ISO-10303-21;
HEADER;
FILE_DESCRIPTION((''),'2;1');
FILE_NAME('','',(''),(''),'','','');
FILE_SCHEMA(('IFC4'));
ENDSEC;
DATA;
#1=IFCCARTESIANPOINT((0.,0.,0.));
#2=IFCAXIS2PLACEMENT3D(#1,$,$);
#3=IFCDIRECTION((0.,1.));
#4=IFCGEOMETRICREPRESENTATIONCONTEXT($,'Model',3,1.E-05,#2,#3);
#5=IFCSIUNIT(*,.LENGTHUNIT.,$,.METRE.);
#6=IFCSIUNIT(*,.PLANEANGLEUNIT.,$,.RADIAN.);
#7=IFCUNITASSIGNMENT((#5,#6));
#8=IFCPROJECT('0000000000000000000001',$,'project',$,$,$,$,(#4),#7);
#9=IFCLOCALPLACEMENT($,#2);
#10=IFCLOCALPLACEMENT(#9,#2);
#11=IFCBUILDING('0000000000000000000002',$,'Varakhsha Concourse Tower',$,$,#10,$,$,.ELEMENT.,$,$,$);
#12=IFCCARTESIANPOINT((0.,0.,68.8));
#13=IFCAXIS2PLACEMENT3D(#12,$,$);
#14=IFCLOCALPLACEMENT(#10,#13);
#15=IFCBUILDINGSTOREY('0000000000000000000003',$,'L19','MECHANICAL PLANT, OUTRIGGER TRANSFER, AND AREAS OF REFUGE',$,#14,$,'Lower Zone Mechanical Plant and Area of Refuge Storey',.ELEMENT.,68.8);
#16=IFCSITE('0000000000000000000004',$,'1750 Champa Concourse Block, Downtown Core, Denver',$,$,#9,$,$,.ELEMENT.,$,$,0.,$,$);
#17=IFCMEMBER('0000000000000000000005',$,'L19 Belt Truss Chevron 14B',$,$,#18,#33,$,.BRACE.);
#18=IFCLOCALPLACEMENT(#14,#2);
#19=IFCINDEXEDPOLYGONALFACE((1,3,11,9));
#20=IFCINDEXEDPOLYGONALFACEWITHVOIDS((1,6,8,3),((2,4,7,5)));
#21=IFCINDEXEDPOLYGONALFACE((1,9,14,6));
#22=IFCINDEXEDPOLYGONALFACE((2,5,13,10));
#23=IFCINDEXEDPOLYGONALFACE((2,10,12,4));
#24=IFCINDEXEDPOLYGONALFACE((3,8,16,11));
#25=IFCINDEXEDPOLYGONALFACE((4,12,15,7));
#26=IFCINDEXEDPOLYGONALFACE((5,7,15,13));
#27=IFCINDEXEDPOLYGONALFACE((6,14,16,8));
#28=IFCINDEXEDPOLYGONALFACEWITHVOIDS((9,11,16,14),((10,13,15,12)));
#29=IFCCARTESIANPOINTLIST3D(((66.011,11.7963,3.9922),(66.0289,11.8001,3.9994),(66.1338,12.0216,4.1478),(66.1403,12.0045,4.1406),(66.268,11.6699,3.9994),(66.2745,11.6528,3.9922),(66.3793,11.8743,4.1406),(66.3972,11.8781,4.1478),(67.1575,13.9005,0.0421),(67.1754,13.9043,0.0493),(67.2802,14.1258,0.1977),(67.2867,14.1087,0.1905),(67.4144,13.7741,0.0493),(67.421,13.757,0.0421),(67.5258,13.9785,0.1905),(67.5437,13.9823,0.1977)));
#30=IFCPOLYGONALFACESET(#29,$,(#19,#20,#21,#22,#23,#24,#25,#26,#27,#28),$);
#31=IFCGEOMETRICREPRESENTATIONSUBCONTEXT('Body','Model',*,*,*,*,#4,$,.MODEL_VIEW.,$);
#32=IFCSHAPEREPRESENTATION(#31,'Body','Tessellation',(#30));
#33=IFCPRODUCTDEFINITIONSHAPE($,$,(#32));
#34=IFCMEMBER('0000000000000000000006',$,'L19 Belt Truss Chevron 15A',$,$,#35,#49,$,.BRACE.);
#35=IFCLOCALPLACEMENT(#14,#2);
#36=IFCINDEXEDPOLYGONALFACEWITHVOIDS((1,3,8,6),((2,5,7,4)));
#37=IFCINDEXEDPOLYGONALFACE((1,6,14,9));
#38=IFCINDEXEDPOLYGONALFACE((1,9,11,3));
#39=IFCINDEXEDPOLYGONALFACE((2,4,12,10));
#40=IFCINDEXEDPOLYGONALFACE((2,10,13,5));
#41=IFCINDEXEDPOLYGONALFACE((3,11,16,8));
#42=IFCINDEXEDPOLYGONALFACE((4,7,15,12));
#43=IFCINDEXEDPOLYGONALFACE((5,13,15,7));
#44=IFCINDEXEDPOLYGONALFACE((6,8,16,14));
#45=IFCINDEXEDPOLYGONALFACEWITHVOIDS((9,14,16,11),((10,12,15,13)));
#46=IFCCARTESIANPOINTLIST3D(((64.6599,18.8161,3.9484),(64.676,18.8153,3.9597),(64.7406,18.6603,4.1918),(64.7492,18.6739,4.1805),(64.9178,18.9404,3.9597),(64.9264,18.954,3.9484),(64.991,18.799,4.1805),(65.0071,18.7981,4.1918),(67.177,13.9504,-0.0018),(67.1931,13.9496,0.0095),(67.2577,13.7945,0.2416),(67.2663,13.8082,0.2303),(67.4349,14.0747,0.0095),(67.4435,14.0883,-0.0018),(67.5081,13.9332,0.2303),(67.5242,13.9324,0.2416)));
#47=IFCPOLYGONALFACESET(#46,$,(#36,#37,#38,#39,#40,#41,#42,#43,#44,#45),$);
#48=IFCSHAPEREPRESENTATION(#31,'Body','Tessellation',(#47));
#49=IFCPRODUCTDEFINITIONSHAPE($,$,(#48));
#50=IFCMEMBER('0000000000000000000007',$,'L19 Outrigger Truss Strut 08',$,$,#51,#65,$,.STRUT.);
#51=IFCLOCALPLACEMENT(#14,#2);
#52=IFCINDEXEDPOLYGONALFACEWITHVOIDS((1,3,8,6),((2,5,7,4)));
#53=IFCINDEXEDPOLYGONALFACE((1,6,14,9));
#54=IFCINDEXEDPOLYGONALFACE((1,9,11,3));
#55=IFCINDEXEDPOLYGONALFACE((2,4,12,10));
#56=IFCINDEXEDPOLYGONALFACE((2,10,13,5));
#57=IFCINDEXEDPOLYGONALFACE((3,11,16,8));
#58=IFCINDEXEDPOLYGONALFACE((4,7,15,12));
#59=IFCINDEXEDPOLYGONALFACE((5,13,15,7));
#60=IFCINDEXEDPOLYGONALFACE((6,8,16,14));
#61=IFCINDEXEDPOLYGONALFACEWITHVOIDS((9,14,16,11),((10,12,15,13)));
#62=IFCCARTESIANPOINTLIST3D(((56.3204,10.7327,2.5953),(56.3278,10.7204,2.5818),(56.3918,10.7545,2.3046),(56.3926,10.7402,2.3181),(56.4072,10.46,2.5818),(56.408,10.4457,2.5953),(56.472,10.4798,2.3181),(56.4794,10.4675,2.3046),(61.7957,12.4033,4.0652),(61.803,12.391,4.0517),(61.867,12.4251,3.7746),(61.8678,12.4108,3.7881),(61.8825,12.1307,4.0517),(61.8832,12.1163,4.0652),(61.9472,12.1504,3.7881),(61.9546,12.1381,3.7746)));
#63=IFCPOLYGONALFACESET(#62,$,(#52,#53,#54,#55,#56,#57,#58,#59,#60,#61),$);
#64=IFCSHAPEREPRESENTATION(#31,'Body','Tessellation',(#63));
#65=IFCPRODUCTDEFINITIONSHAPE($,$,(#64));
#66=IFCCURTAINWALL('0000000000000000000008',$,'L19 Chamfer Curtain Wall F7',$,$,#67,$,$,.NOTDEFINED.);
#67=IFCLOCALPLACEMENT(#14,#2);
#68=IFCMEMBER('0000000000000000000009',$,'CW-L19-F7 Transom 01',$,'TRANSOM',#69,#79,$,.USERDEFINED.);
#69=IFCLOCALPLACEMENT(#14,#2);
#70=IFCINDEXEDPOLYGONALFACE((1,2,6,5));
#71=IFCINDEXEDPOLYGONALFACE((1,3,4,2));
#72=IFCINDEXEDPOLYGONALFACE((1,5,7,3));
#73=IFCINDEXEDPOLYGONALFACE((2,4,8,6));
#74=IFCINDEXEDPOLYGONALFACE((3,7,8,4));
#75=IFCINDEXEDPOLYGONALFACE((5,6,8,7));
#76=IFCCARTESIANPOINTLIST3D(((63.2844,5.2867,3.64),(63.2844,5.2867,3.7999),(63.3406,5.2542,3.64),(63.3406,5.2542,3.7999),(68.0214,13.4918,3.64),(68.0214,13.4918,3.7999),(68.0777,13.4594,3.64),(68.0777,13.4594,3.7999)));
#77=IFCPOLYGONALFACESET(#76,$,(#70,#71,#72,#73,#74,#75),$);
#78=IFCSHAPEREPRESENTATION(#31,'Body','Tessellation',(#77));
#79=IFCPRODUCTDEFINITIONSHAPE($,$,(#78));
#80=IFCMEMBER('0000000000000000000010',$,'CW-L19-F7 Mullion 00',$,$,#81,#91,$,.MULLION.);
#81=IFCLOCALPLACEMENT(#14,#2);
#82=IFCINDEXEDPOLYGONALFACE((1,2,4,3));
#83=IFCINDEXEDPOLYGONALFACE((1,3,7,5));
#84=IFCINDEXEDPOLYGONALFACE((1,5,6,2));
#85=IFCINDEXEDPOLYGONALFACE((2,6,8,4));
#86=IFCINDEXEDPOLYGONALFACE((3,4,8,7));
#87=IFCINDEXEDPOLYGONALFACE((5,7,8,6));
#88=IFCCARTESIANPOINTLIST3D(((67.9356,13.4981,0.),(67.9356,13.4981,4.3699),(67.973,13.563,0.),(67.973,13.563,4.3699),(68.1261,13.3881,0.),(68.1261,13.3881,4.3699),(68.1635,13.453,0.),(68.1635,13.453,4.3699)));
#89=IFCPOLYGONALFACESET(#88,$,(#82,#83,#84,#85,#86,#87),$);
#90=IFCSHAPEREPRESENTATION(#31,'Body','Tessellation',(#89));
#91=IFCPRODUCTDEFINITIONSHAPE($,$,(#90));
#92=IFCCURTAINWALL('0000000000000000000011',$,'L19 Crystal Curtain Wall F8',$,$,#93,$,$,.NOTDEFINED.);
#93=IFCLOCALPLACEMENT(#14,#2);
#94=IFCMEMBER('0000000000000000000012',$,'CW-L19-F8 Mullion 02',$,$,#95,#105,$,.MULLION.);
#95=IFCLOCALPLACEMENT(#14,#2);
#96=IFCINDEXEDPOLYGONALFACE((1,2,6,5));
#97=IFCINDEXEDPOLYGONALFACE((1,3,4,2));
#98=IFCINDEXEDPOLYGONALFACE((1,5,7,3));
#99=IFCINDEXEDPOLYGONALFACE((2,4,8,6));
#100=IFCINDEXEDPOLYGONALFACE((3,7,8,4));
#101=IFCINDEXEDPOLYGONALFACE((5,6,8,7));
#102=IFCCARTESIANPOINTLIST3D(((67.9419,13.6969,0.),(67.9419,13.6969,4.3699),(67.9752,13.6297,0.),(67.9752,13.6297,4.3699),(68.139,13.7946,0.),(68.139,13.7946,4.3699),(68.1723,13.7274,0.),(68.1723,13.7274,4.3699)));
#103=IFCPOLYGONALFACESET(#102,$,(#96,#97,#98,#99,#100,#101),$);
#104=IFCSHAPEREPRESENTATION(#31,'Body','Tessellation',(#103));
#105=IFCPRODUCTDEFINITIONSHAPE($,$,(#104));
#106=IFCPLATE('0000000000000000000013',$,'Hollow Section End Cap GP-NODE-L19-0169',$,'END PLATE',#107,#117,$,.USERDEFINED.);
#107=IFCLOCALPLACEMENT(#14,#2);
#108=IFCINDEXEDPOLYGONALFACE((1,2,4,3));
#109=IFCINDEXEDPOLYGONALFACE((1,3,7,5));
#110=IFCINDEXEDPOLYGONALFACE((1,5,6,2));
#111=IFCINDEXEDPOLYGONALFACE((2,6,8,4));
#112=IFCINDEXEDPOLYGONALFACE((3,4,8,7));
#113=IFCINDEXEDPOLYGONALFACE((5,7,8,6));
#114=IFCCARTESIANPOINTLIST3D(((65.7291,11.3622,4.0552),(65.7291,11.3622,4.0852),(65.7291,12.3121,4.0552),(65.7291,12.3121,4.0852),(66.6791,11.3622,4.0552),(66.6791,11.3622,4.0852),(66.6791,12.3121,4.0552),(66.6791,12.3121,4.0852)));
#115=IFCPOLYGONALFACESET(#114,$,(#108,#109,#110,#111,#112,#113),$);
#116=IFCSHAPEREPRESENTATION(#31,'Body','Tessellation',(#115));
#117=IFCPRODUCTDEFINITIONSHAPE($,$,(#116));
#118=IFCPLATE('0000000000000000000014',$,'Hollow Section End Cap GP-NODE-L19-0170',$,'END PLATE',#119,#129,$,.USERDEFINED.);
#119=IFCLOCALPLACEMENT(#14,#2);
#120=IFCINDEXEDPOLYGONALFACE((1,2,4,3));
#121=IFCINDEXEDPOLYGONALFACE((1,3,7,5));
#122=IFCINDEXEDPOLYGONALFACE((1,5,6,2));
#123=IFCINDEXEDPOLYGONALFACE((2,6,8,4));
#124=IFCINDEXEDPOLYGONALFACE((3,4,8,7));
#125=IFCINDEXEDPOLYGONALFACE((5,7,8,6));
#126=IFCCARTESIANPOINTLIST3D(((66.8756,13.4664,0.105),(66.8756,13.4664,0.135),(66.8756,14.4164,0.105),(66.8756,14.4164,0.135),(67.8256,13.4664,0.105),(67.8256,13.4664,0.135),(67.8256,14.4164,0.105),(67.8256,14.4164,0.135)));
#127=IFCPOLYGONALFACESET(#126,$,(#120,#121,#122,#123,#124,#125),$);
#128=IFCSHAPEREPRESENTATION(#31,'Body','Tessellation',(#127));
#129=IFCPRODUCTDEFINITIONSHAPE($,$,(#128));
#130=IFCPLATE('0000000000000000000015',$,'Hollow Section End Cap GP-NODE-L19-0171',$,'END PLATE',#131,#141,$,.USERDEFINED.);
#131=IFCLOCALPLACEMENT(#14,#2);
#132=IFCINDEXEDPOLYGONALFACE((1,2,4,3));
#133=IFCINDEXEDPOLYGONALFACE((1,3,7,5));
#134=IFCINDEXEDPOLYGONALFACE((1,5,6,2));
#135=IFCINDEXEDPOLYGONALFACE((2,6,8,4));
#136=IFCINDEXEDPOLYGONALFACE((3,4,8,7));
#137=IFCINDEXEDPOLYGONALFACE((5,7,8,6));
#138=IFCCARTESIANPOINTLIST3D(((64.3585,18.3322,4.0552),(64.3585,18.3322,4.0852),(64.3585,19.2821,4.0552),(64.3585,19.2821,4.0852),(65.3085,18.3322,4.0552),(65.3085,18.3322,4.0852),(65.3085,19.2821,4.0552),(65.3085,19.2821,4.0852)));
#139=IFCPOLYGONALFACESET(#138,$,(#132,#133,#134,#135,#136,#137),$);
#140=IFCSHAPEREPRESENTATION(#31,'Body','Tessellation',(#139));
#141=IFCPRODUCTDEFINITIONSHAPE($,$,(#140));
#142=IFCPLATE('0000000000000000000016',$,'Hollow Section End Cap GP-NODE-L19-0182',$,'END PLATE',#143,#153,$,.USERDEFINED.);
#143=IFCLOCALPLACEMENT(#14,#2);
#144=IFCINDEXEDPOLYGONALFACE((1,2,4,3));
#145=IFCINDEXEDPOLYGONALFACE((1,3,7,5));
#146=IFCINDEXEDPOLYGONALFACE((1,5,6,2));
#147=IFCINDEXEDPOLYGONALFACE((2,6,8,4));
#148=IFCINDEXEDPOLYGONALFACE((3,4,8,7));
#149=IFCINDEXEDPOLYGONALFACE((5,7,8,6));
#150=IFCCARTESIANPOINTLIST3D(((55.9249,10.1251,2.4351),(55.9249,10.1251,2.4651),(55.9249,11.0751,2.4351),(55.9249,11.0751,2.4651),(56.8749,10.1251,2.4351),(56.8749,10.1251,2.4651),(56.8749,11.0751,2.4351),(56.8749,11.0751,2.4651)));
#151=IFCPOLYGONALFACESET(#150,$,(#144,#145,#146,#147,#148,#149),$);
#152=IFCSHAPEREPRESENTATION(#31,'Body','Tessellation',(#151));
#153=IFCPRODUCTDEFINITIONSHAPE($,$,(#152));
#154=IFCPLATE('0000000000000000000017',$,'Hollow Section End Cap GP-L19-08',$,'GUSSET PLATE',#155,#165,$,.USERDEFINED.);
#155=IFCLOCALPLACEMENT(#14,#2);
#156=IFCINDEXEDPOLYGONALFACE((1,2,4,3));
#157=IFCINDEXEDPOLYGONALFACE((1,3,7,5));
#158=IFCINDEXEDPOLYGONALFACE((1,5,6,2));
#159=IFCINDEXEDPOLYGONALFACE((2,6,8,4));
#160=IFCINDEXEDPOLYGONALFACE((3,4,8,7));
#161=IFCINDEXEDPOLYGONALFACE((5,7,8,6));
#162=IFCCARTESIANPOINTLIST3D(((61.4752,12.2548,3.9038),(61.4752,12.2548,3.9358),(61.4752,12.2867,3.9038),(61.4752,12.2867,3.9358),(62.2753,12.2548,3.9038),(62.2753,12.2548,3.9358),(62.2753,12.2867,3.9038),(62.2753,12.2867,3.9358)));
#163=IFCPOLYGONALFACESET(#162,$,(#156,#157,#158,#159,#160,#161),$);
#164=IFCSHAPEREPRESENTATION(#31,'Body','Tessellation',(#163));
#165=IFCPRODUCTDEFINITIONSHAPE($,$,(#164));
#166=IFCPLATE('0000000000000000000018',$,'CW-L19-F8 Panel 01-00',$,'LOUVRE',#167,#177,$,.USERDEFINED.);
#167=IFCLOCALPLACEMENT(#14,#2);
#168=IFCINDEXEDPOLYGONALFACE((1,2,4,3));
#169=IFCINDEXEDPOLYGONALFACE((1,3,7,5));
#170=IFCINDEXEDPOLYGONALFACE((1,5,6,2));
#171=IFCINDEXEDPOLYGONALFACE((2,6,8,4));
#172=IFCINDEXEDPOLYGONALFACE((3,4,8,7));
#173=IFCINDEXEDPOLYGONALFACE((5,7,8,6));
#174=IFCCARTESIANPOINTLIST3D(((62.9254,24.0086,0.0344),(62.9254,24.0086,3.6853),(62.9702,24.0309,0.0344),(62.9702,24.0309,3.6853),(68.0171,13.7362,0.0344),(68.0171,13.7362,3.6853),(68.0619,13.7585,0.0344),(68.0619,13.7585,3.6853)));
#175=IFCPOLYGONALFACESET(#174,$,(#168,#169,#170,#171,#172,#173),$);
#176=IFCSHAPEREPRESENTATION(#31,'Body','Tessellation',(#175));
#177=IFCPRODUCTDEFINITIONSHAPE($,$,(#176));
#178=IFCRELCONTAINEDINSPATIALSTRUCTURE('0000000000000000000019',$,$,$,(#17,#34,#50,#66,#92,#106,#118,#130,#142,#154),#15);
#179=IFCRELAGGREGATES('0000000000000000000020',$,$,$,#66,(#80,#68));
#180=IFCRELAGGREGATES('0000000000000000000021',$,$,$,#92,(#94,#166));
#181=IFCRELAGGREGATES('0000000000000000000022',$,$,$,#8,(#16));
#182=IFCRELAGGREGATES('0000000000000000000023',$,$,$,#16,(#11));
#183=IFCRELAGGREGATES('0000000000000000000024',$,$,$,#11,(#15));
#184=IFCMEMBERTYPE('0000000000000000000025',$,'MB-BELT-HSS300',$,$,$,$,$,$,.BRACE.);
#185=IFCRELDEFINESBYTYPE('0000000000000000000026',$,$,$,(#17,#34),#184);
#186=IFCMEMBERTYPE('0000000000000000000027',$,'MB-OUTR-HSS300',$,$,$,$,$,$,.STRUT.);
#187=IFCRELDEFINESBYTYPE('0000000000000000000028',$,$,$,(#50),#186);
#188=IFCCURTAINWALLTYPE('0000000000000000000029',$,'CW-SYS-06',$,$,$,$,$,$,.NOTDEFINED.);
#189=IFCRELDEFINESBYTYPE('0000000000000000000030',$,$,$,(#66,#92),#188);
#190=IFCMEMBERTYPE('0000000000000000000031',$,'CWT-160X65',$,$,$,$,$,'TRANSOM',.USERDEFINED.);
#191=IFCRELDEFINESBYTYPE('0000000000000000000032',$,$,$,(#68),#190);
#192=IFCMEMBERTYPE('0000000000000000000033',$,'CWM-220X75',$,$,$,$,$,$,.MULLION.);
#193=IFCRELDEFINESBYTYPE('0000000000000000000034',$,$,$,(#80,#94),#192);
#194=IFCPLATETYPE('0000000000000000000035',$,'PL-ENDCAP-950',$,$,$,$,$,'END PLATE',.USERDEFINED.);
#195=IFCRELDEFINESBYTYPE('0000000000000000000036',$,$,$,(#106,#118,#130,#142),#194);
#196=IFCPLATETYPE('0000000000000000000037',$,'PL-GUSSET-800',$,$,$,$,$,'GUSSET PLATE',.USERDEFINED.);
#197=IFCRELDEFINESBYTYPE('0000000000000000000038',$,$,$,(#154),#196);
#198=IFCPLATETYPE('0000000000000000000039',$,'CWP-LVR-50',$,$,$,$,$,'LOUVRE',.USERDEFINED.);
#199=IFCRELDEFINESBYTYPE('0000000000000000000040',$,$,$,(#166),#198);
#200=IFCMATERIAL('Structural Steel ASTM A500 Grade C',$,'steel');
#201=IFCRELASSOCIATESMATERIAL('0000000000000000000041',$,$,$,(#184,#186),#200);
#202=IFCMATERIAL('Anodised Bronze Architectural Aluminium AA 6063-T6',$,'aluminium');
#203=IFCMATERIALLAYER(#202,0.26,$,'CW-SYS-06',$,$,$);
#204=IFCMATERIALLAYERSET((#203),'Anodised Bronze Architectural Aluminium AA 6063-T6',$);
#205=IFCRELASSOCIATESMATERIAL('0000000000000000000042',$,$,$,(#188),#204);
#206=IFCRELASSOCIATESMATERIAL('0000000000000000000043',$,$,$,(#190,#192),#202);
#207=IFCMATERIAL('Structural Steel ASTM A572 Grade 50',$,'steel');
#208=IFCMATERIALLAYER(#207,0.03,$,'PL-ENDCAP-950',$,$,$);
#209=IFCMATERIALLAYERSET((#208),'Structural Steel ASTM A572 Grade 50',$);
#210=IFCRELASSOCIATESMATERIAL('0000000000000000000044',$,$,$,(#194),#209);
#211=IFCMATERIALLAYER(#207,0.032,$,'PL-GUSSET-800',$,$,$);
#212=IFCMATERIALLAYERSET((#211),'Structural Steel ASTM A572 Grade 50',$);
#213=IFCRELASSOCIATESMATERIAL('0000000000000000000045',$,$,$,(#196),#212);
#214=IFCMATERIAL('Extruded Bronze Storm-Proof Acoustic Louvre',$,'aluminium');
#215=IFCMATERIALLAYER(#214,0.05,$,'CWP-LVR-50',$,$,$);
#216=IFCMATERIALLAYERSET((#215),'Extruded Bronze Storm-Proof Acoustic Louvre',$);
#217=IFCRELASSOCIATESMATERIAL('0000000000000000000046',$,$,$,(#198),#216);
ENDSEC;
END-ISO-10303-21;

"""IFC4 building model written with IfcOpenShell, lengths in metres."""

from ifc_helpers import new_model, si_unit, direction, frame, origin, origin_2d, place, context, subcontext, project, spatial, rectangle, hollow_rectangle, extrude, source, transform, mapped, material, layer, layer_set, material_profile, profile_set, type_object, type_shapes, element, aggregate, save


model = new_model("IFC4")

# Units and contexts
model_context = context("Model", 3, precision=1e-05, world=origin(), true_north=direction((0.0, 1.0)))
body_context = subcontext(model_context, "Body", "Model", "MODEL_VIEW")
ifc_project = project(units=[si_unit("LENGTHUNIT", "METRE"), si_unit("PLANEANGLEUNIT", "RADIAN")], contexts=[model_context])

# Site, building, storey
site_placement = place(None, origin())
site = spatial("IfcSite", under=ifc_project, at=site_placement, Name="1750 Champa Concourse Block, Downtown Core, Denver", CompositionType="ELEMENT", RefElevation=0.0)
building_placement = place(site_placement, origin())
building = spatial("IfcBuilding", under=site, at=building_placement, Name="Varakhsha Concourse Tower", CompositionType="ELEMENT")
storey_placement = place(building_placement, frame((0.0, 0.0, 68.8)))
storey = spatial("IfcBuildingStorey", under=building, at=storey_placement, Name="L19", Description="MECHANICAL PLANT, OUTRIGGER TRANSFER, AND AREAS OF REFUGE", LongName="Lower Zone Mechanical Plant and Area of Refuge Storey", CompositionType="ELEMENT", Elevation=68.8)

# Shared definitions
ifc_material_1 = material(Name="Structural Steel ASTM A572 Grade 50", Category="steel")

# Members
ifc_material_2 = material(Name="Structural Steel ASTM A500 Grade C", Category="steel")
ifc_material_profile_1 = material_profile(ifc_material_2, hollow_rectangle(XDim=0.3, YDim=0.3, WallThickness=0.0139, at=origin_2d()), Name="HSS 300x300x14")
ifc_profile_set_1 = profile_set([ifc_material_profile_1], Name="Structural Steel ASTM A500 Grade C")
member_type_1 = type_object("IfcMemberType", Name="MB-BELT-HSS300", PredefinedType="BRACE", material=ifc_profile_set_1)
shared_shape_1 = source(origin(), body_context, "Body", "SweptSolid", [
    extrude(hollow_rectangle(XDim=0.3, YDim=0.3, WallThickness=0.0139, at=origin_2d()), origin(), (0.0, 0.0, 1.0), 4.6201),
])
member_1_placement = place(storey_placement, frame((67.3506, 13.9414, 0.1199), z_axis=(-0.248146, -0.455444, 0.854982), x_axis=(0.878121, -0.478438, 0.0)))
element("IfcMember", 1, at=member_1_placement, inside=storey, type_object=member_type_1, Name="L19 Belt Truss Chevron 14B", PredefinedType="BRACE", context=body_context, shape_type="MappedRepresentation", body=[
    mapped(shared_shape_1, transform((0.0, 0.0, 0.0), scale=1.0)),
])
shared_shape_2 = source(origin(), body_context, "Body", "SweptSolid", [
    extrude(hollow_rectangle(XDim=0.3, YDim=0.3, WallThickness=0.0139, at=origin_2d()), origin(), (0.0, 0.0, 1.0), 6.7539),
])
type_shapes(member_type_1, [shared_shape_1, shared_shape_2])
member_2_placement = place(storey_placement, frame((67.3506, 13.9414, 0.1199), z_axis=(-0.372687, 0.720433, 0.584877), x_axis=(-0.888193, -0.459471, 0.0)))
element("IfcMember", 2, at=member_2_placement, inside=storey, type_object=member_type_1, Name="L19 Belt Truss Chevron 15A", PredefinedType="BRACE", context=body_context, shape_type="MappedRepresentation", body=[
    mapped(shared_shape_2, transform((0.0, 0.0, 0.0), scale=1.0)),
])
ifc_material_profile_2 = material_profile(ifc_material_2, hollow_rectangle(XDim=0.3, YDim=0.3, WallThickness=0.0139, at=origin_2d()), Name="HSS 300x300x14")
ifc_profile_set_2 = profile_set([ifc_material_profile_2], Name="Structural Steel ASTM A500 Grade C")
member_type_2 = type_object("IfcMemberType", Name="MB-OUTR-HSS300", PredefinedType="STRUT", material=ifc_profile_set_2)
shared_shape_3 = source(origin(), body_context, "Body", "SweptSolid", [
    extrude(hollow_rectangle(XDim=0.3, YDim=0.3, WallThickness=0.0139, at=origin_2d()), origin(), (0.0, 0.0, 1.0), 5.9102),
])
type_shapes(member_type_2, [shared_shape_3])
member_3_placement = place(storey_placement, frame((56.3999, 10.6001, 2.45), z_axis=(0.926412, 0.28267, 0.248715), x_axis=(-0.29184, 0.956467, 0.0)))
element("IfcMember", 3, at=member_3_placement, inside=storey, type_object=member_type_2, Name="L19 Outrigger Truss Strut 08", PredefinedType="STRUT", context=body_context, shape_type="MappedRepresentation", body=[
    mapped(shared_shape_3, transform((0.0, 0.0, 0.0), scale=1.0)),
])

# Curtain wall, members
ifc_material_3 = material(Name="Anodised Bronze Architectural Aluminium AA 6063-T6", Category="aluminium")
ifc_layer_1 = layer(ifc_material_3, 0.26, Name="CW-SYS-06")
ifc_layer_set_1 = layer_set([ifc_layer_1], Name="Anodised Bronze Architectural Aluminium AA 6063-T6")
curtain_wall_type = type_object("IfcCurtainWallType", Name="CW-SYS-06", PredefinedType="NOTDEFINED", material=ifc_layer_set_1)
curtain_wall_1_placement = place(storey_placement, origin())
curtain_wall_1 = element("IfcCurtainWall", 4, at=curtain_wall_1_placement, inside=storey, type_object=curtain_wall_type, Name="L19 Chamfer Curtain Wall F7", PredefinedType="NOTDEFINED")
ifc_material_profile_3 = material_profile(ifc_material_3, rectangle(XDim=0.0649, YDim=0.1599, at=origin_2d()), Name="CWT-160X65")
ifc_profile_set_3 = profile_set([ifc_material_profile_3], Name="Anodised Bronze Architectural Aluminium AA 6063-T6")
member_type_3 = type_object("IfcMemberType", Name="CWT-160X65", ElementType="TRANSOM", PredefinedType="USERDEFINED", material=ifc_profile_set_3)
shared_shape_4 = source(origin(), body_context, "Body", "SweptSolid", [
    extrude(rectangle(XDim=0.0649, YDim=0.1599, at=origin_2d()), origin(), (0.0, 0.0, 1.0), 9.4744),
])
type_shapes(member_type_3, [shared_shape_4])
member_4_placement = place(storey_placement, frame((68.0496, 13.4756, 3.72), z_axis=(-0.499989, -0.866032, 0.0), x_axis=(0.866032, -0.499989, 0.0)))
member_4 = element("IfcMember", 5, at=member_4_placement, type_object=member_type_3, Name="CW-L19-F7 Transom 01", ObjectType="TRANSOM", PredefinedType="USERDEFINED", context=body_context, shape_type="MappedRepresentation", body=[
    mapped(shared_shape_4, transform((0.0, 0.0, 0.0), scale=1.0)),
])
ifc_material_profile_4 = material_profile(ifc_material_3, rectangle(XDim=0.075, YDim=0.22, at=origin_2d()), Name="CWM-220X75")
ifc_profile_set_4 = profile_set([ifc_material_profile_4], Name="Anodised Bronze Architectural Aluminium AA 6063-T6")
member_type_4 = type_object("IfcMemberType", Name="CWM-220X75", PredefinedType="MULLION", material=ifc_profile_set_4)
shared_shape_5 = source(origin(), body_context, "Body", "SweptSolid", [
    extrude(rectangle(XDim=0.075, YDim=0.22, at=origin_2d()), origin(), (0.0, 0.0, 1.0), 4.3699),
])
type_shapes(member_type_4, [shared_shape_5])
member_5_placement = place(storey_placement, frame((68.0496, 13.4756, 0.0), z_axis=(0.0, 0.0, 1.0), x_axis=(-0.499995, -0.866028, 0.0)))
member_5 = element("IfcMember", 6, at=member_5_placement, type_object=member_type_4, Name="CW-L19-F7 Mullion 00", PredefinedType="MULLION", context=body_context, shape_type="MappedRepresentation", body=[
    mapped(shared_shape_5, transform((0.0, 0.0, 0.0), scale=1.0)),
])
aggregate(curtain_wall_1, [member_5, member_4])

# Curtain wall, member
curtain_wall_2_placement = place(storey_placement, origin())
curtain_wall_2 = element("IfcCurtainWall", 7, at=curtain_wall_2_placement, inside=storey, type_object=curtain_wall_type, Name="L19 Crystal Curtain Wall F8", PredefinedType="NOTDEFINED")
member_6_placement = place(storey_placement, frame((68.0571, 13.7122, 0.0), z_axis=(0.0, 0.0, 1.0), x_axis=(0.444108, -0.895973, 0.0)))
member_6 = element("IfcMember", 8, at=member_6_placement, type_object=member_type_4, Name="CW-L19-F8 Mullion 02", PredefinedType="MULLION", context=body_context, shape_type="MappedRepresentation", body=[
    mapped(shared_shape_5, transform((0.0, 0.0, 0.0), scale=1.0)),
])

# Plates
ifc_layer_2 = layer(ifc_material_1, 0.03, Name="PL-ENDCAP-950")
ifc_layer_set_2 = layer_set([ifc_layer_2], Name="Structural Steel ASTM A572 Grade 50")
plate_type_1 = type_object("IfcPlateType", Name="PL-ENDCAP-950", ElementType="END PLATE", PredefinedType="USERDEFINED", material=ifc_layer_set_2)
shared_shape_6 = source(origin(), body_context, "Body", "SweptSolid", [
    extrude(rectangle(XDim=0.95, YDim=0.95, at=origin_2d()), origin(), (0.0, 0.0, 1.0), 0.03),
])
type_shapes(plate_type_1, [shared_shape_6])
for number, where, z_axis, x_axis, name in (
    (9, (66.2041, 11.8372, 4.0552), (0.0, 0.0, 1.0), (1.0, 0.0, 0.0), "Hollow Section End Cap GP-NODE-L19-0169"),
    (10, (67.3506, 13.9414, 0.105), (0.0, 0.0, 1.0), (1.0, 0.0, 0.0), "Hollow Section End Cap GP-NODE-L19-0170"),
    (11, (64.8335, 18.8071, 4.0552), (0.0, 0.0, 1.0), (1.0, 0.0, 0.0), "Hollow Section End Cap GP-NODE-L19-0171"),
    (12, (56.3999, 10.6001, 2.4351), (0.0, 0.0, 1.0), (1.0, 0.0, 0.0), "Hollow Section End Cap GP-NODE-L19-0182"),
):
    element("IfcPlate", number, at=place(storey_placement, frame(where, z_axis=z_axis, x_axis=x_axis)), inside=storey, type_object=plate_type_1, Name=name, ObjectType="END PLATE", PredefinedType="USERDEFINED", context=body_context, shape_type="MappedRepresentation", body=[
        mapped(shared_shape_6, transform((0.0, 0.0, 0.0), scale=1.0)),
    ])
ifc_layer_3 = layer(ifc_material_1, 0.032, Name="PL-GUSSET-800")
ifc_layer_set_3 = layer_set([ifc_layer_3], Name="Structural Steel ASTM A572 Grade 50")
plate_type_2 = type_object("IfcPlateType", Name="PL-GUSSET-800", ElementType="GUSSET PLATE", PredefinedType="USERDEFINED", material=ifc_layer_set_3)
shared_shape_7 = source(origin(), body_context, "Body", "SweptSolid", [
    extrude(rectangle(XDim=0.8, YDim=0.032, at=origin_2d()), origin(), (0.0, 0.0, 1.0), 0.032),
])
type_shapes(plate_type_2, [shared_shape_7])
plate_1_placement = place(storey_placement, frame((61.8752, 12.2708, 3.9038), z_axis=(0.0, 0.0, 1.0), x_axis=(1.0, 0.0, 0.0)))
element("IfcPlate", 13, at=plate_1_placement, inside=storey, type_object=plate_type_2, Name="Hollow Section End Cap GP-L19-08", ObjectType="GUSSET PLATE", PredefinedType="USERDEFINED", context=body_context, shape_type="MappedRepresentation", body=[
    mapped(shared_shape_7, transform((0.0, 0.0, 0.0), scale=1.0)),
])

# Plate
ifc_material_4 = material(Name="Extruded Bronze Storm-Proof Acoustic Louvre", Category="aluminium")
ifc_layer_4 = layer(ifc_material_4, 0.05, Name="CWP-LVR-50")
ifc_layer_set_4 = layer_set([ifc_layer_4], Name="Extruded Bronze Storm-Proof Acoustic Louvre")
plate_type_3 = type_object("IfcPlateType", Name="CWP-LVR-50", ElementType="LOUVRE", PredefinedType="USERDEFINED", material=ifc_layer_set_4)
shared_shape_8 = source(origin(), body_context, "Body", "SweptSolid", [
    extrude(rectangle(XDim=11.4651, YDim=0.05, at=origin_2d()), origin(), (0.0, 0.0, 1.0), 3.6509),
])
type_shapes(plate_type_3, [shared_shape_8])
plate_2_placement = place(storey_placement, frame((65.4937, 18.8835, 0.0344), z_axis=(0.0, 0.0, 1.0), x_axis=(0.444108, -0.895973, 0.0)))
plate_2 = element("IfcPlate", 14, at=plate_2_placement, type_object=plate_type_3, Name="CW-L19-F8 Panel 01-00", ObjectType="LOUVRE", PredefinedType="USERDEFINED", context=body_context, shape_type="MappedRepresentation", body=[
    mapped(shared_shape_8, transform((0.0, 0.0, 0.0), scale=1.0)),
])
aggregate(curtain_wall_2, [member_6, plate_2])

save(model, "model.ifc")
